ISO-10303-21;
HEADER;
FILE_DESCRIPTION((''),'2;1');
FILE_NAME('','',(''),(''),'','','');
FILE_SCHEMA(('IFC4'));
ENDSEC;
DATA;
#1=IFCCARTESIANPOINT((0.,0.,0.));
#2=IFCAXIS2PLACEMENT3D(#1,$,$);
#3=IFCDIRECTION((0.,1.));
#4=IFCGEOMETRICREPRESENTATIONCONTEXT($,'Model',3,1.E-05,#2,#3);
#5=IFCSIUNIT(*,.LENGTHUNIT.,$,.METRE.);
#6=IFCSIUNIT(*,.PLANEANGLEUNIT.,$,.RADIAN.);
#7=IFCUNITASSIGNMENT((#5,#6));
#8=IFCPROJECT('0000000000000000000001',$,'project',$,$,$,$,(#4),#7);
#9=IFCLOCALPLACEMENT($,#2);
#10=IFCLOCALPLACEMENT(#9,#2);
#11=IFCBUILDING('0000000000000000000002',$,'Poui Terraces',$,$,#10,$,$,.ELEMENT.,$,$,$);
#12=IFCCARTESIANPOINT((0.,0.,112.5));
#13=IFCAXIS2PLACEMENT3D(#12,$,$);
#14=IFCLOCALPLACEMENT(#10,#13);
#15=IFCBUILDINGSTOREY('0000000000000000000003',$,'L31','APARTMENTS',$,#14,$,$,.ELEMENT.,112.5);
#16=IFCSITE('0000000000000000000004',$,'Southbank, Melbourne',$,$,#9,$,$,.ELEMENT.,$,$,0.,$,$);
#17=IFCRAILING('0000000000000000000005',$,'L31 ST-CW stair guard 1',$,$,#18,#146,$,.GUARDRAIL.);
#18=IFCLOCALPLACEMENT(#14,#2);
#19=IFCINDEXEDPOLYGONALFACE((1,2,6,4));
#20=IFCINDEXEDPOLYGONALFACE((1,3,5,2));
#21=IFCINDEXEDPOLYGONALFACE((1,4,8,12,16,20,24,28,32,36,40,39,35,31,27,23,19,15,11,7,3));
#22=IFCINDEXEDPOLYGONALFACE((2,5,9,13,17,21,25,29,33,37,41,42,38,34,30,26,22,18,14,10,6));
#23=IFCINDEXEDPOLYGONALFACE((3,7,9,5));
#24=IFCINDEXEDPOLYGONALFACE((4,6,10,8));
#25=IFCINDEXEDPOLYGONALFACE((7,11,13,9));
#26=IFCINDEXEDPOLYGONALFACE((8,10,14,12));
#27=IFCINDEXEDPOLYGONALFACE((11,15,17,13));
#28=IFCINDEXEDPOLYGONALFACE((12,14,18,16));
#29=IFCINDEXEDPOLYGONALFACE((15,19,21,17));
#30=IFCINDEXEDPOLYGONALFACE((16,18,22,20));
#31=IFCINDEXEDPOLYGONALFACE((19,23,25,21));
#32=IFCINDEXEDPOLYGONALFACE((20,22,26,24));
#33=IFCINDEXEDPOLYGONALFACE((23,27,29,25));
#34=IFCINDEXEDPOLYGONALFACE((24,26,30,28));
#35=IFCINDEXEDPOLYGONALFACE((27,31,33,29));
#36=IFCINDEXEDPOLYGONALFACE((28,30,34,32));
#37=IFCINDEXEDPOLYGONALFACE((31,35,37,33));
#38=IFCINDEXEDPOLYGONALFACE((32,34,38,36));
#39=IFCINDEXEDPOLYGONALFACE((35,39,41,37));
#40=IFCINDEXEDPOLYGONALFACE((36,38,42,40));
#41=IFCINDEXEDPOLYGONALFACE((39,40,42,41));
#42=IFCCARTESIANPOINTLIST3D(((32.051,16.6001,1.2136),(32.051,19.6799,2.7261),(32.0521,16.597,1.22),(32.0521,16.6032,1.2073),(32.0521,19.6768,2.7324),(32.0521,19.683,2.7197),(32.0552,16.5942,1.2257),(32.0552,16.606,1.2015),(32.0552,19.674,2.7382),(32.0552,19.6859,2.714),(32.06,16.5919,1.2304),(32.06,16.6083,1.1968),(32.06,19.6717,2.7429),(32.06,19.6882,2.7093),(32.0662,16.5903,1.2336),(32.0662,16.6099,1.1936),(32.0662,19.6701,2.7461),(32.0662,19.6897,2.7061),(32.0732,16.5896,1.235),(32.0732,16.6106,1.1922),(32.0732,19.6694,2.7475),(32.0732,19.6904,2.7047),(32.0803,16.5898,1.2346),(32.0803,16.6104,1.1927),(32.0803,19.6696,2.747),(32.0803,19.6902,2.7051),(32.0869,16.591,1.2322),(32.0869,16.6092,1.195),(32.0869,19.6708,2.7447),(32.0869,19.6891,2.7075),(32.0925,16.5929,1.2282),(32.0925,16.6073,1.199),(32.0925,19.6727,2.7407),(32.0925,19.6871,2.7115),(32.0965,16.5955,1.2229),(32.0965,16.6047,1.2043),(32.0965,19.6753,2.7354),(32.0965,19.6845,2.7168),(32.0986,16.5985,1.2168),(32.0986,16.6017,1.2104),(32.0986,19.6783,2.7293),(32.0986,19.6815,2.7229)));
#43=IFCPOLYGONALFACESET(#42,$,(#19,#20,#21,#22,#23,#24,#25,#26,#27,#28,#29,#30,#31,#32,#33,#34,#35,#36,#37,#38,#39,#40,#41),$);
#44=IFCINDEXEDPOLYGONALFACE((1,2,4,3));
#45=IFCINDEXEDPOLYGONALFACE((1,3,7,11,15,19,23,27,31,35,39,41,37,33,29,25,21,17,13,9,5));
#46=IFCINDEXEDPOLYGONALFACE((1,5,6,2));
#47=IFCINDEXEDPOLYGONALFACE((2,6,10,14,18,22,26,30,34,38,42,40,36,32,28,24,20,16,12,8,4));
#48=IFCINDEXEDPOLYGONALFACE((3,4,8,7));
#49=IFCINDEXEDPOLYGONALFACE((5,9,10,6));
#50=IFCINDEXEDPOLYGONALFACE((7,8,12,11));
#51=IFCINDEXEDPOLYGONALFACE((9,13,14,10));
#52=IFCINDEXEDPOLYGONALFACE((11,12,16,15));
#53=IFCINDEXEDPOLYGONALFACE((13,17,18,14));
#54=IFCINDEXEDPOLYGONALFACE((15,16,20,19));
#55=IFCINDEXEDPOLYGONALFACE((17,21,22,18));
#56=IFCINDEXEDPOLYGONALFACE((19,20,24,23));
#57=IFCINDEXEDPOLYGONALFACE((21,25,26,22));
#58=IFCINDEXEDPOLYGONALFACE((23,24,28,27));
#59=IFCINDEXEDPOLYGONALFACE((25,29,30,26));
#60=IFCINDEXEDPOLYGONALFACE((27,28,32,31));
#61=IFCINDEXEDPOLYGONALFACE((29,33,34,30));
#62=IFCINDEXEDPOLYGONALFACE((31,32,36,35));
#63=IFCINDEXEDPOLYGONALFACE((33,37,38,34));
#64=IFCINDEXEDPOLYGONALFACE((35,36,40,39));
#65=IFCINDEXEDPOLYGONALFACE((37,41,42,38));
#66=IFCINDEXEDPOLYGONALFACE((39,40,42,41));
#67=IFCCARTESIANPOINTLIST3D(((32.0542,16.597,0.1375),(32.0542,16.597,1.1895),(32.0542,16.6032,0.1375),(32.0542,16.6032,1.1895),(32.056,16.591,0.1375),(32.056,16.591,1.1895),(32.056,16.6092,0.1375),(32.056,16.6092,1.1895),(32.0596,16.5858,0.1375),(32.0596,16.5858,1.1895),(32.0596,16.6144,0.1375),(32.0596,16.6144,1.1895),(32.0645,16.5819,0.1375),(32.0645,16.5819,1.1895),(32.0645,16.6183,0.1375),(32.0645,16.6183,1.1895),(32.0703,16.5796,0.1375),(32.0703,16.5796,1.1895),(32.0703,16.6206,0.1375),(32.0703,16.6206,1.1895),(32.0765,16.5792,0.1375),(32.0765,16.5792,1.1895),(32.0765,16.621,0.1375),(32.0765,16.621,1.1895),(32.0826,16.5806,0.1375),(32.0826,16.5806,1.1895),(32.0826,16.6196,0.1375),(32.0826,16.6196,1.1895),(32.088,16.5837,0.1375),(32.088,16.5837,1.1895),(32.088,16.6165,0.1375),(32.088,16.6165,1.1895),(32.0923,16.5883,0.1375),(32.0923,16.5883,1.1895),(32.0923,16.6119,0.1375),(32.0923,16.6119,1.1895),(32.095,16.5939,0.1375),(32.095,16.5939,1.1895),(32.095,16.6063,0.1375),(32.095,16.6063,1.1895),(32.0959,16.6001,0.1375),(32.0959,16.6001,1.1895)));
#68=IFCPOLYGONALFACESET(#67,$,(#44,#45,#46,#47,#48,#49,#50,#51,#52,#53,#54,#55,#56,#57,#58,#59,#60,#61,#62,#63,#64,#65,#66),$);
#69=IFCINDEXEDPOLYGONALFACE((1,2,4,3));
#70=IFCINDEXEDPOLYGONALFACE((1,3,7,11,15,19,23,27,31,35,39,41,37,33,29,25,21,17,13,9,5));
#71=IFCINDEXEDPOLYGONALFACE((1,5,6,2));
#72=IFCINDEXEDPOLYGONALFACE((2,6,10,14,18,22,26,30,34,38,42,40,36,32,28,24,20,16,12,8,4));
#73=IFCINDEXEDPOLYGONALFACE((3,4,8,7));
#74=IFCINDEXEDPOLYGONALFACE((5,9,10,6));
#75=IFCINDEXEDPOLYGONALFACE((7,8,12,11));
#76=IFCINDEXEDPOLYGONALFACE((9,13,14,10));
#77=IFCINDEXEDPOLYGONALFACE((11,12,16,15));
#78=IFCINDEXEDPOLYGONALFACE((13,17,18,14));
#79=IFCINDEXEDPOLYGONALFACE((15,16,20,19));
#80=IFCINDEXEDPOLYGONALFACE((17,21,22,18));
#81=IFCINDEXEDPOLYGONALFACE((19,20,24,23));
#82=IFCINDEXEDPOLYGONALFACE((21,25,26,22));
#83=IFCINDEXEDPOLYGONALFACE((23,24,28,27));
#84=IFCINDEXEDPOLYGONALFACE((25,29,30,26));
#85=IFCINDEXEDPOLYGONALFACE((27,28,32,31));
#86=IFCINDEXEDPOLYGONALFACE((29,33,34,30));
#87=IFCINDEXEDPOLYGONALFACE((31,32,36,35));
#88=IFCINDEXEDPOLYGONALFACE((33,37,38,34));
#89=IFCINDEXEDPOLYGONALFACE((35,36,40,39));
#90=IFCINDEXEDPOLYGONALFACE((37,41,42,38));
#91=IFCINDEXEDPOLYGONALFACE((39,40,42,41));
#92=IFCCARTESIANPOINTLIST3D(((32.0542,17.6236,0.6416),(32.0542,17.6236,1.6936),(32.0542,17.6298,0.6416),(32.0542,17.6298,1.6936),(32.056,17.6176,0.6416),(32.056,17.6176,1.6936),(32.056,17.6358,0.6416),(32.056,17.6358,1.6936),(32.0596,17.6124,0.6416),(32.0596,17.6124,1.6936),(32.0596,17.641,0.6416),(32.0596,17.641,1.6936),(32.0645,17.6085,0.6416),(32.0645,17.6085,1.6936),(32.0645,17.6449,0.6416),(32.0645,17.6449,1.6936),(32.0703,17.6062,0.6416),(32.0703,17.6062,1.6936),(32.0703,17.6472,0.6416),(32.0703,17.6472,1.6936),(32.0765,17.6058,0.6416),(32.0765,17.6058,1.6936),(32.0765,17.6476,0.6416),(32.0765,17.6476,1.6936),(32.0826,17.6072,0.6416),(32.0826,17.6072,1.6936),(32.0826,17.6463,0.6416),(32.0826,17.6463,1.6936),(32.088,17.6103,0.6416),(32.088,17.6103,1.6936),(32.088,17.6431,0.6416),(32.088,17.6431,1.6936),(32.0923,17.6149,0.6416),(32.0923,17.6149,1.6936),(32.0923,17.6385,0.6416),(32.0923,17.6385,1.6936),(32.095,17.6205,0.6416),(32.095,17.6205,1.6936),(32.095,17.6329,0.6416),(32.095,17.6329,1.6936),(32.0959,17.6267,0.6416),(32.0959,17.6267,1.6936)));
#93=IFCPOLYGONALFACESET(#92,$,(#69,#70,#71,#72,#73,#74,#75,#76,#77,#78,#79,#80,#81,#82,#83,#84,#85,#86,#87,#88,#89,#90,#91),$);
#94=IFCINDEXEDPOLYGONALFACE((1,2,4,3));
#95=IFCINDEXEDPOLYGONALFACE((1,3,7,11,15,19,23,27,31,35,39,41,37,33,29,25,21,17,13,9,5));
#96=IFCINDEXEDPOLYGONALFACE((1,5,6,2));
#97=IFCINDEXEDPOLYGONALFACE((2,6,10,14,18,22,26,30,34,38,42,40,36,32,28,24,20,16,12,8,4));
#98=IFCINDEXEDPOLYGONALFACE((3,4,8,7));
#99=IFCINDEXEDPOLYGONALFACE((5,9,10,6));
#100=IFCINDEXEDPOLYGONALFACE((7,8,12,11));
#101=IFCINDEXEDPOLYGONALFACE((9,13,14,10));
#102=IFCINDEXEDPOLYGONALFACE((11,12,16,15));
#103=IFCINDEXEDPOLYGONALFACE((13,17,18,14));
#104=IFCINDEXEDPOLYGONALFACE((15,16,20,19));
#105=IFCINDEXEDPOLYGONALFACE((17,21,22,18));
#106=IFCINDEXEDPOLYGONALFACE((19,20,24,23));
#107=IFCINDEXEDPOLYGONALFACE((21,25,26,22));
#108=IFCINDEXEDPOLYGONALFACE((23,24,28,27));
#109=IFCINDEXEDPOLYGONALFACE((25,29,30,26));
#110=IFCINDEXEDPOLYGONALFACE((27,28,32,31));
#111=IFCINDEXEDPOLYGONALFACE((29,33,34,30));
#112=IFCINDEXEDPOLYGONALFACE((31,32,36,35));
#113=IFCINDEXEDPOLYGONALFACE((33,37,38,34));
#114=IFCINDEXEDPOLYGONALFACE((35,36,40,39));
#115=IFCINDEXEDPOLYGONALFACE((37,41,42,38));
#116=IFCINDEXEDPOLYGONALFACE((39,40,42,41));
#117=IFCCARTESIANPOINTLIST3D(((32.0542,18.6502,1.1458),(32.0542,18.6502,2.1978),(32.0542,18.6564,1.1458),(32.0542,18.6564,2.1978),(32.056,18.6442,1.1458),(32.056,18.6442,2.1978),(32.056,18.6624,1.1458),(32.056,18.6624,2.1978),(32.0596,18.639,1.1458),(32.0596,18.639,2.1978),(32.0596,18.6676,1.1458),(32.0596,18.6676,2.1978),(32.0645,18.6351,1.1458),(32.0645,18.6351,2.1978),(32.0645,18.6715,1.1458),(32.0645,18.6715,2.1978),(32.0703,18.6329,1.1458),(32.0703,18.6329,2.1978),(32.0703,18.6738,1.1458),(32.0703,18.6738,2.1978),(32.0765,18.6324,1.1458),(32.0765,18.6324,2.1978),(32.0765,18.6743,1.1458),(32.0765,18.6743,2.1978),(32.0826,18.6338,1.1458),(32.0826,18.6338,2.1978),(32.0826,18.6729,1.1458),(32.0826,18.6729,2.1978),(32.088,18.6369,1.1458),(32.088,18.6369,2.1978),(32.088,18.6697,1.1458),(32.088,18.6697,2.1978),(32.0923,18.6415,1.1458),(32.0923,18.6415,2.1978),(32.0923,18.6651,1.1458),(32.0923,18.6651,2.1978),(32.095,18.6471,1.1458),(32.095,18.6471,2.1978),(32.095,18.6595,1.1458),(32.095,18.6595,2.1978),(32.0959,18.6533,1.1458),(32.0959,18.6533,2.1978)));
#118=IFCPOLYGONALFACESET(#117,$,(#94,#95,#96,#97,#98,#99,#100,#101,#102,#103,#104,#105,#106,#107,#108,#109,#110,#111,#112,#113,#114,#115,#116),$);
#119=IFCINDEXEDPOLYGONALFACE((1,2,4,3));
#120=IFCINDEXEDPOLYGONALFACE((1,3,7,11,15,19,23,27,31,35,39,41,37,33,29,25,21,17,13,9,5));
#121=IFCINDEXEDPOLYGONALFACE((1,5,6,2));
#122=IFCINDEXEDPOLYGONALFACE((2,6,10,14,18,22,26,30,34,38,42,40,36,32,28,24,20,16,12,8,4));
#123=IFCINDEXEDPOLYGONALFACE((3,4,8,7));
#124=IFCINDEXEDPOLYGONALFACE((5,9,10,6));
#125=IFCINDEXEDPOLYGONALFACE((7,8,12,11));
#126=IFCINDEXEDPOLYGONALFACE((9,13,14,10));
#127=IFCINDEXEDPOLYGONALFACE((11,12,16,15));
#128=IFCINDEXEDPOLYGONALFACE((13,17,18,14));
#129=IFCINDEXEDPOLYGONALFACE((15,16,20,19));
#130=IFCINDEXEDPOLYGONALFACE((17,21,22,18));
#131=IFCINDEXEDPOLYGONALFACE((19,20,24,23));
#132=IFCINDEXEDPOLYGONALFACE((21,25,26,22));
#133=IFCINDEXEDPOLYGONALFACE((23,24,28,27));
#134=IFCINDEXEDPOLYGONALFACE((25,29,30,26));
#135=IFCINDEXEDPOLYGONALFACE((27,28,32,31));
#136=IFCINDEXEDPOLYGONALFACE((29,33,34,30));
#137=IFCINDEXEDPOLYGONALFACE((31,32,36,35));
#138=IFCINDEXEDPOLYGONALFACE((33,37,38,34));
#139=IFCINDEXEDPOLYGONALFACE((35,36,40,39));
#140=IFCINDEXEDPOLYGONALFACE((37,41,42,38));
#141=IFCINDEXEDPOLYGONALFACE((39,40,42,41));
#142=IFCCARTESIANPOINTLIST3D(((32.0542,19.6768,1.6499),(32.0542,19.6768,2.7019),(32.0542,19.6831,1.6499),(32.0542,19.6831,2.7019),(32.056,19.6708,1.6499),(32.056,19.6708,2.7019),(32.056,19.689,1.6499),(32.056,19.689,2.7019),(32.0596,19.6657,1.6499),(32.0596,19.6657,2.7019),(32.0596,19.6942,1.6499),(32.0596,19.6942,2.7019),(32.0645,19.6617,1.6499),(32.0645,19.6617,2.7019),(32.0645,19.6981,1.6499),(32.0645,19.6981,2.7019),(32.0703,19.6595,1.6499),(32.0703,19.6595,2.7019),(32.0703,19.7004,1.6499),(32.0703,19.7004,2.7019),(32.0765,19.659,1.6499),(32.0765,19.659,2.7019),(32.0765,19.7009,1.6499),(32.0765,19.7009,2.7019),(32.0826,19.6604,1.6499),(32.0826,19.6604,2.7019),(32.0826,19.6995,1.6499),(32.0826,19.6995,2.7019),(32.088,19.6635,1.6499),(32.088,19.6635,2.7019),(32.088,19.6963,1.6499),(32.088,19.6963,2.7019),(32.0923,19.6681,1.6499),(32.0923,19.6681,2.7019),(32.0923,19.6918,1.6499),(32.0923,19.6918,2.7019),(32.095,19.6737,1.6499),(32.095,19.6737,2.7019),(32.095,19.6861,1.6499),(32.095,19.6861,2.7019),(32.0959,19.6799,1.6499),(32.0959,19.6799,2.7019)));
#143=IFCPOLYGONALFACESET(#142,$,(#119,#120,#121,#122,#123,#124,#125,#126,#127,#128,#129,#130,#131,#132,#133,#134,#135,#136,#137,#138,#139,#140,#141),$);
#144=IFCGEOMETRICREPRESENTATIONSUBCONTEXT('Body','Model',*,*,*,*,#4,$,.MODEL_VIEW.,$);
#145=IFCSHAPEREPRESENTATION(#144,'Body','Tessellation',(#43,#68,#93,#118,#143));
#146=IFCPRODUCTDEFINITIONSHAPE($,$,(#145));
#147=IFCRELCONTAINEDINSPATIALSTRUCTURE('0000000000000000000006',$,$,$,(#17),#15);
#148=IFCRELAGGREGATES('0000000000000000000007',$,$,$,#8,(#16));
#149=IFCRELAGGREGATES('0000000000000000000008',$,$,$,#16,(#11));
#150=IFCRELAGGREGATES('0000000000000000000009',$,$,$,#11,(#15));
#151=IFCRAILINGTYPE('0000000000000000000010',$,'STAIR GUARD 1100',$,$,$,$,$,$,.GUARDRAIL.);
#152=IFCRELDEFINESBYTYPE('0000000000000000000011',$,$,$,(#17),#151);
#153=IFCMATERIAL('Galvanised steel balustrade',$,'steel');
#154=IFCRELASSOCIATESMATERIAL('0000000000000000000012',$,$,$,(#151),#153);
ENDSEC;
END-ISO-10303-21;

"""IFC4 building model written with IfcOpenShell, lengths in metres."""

from ifc_helpers import new_model, si_unit, direction, frame, origin, origin_2d, place, context, subcontext, project, spatial, circle, extrude, material, type_object, element, save


model = new_model("IFC4")

# Units and contexts
model_context = context("Model", 3, precision=1e-05, world=origin(), true_north=direction((0.0, 1.0)))
body_context = subcontext(model_context, "Body", "Model", "MODEL_VIEW")
ifc_project = project(units=[si_unit("LENGTHUNIT", "METRE"), si_unit("PLANEANGLEUNIT", "RADIAN")], contexts=[model_context])

# Site, building, storey
site_placement = place(None, origin())
site = spatial("IfcSite", under=ifc_project, at=site_placement, Name="Southbank, Melbourne", CompositionType="ELEMENT", RefElevation=0.0)
building_placement = place(site_placement, origin())
building = spatial("IfcBuilding", under=site, at=building_placement, Name="Poui Terraces", CompositionType="ELEMENT")
storey_placement = place(building_placement, frame((0.0, 0.0, 112.5)))
storey = spatial("IfcBuildingStorey", under=building, at=storey_placement, Name="L31", Description="APARTMENTS", CompositionType="ELEMENT", Elevation=112.5)

# Railing
ifc_material_1 = material(Name="Galvanised steel balustrade", Category="steel")
railing_type_1 = type_object("IfcRailingType", Name="STAIR GUARD 1100", PredefinedType="GUARDRAIL", material=ifc_material_1)
railing_1_placement = place(storey_placement, frame((32.075, 16.6001, 0.1375)))
element("IfcRailing", 1, at=railing_1_placement, inside=storey, type_object=railing_type_1, Name="L31 ST-CW stair guard 1", PredefinedType="GUARDRAIL", context=body_context, shape_type="SweptSolid", body=[
    extrude(circle(Radius=0.0239, at=origin_2d()), frame((0.0, 0.0, 1.0762), z_axis=(0.0, 0.897606, 0.440798), x_axis=(-1.0, 0.0, 0.0)), (0.0, 0.0, 1.0), 3.4312),
    extrude(circle(Radius=0.021, at=origin_2d()), origin(), (0.0, 0.0, 1.0), 1.052),
    extrude(circle(Radius=0.021, at=origin_2d()), frame((0.0, 1.0266, 0.5042)), (0.0, 0.0, 1.0), 1.052),
    extrude(circle(Radius=0.021, at=origin_2d()), frame((0.0, 2.0532, 1.0083)), (0.0, 0.0, 1.0), 1.052),
    extrude(circle(Radius=0.021, at=origin_2d()), frame((0.0, 3.0798, 1.5125)), (0.0, 0.0, 1.0), 1.052),
])

save(model, "model.ifc")
